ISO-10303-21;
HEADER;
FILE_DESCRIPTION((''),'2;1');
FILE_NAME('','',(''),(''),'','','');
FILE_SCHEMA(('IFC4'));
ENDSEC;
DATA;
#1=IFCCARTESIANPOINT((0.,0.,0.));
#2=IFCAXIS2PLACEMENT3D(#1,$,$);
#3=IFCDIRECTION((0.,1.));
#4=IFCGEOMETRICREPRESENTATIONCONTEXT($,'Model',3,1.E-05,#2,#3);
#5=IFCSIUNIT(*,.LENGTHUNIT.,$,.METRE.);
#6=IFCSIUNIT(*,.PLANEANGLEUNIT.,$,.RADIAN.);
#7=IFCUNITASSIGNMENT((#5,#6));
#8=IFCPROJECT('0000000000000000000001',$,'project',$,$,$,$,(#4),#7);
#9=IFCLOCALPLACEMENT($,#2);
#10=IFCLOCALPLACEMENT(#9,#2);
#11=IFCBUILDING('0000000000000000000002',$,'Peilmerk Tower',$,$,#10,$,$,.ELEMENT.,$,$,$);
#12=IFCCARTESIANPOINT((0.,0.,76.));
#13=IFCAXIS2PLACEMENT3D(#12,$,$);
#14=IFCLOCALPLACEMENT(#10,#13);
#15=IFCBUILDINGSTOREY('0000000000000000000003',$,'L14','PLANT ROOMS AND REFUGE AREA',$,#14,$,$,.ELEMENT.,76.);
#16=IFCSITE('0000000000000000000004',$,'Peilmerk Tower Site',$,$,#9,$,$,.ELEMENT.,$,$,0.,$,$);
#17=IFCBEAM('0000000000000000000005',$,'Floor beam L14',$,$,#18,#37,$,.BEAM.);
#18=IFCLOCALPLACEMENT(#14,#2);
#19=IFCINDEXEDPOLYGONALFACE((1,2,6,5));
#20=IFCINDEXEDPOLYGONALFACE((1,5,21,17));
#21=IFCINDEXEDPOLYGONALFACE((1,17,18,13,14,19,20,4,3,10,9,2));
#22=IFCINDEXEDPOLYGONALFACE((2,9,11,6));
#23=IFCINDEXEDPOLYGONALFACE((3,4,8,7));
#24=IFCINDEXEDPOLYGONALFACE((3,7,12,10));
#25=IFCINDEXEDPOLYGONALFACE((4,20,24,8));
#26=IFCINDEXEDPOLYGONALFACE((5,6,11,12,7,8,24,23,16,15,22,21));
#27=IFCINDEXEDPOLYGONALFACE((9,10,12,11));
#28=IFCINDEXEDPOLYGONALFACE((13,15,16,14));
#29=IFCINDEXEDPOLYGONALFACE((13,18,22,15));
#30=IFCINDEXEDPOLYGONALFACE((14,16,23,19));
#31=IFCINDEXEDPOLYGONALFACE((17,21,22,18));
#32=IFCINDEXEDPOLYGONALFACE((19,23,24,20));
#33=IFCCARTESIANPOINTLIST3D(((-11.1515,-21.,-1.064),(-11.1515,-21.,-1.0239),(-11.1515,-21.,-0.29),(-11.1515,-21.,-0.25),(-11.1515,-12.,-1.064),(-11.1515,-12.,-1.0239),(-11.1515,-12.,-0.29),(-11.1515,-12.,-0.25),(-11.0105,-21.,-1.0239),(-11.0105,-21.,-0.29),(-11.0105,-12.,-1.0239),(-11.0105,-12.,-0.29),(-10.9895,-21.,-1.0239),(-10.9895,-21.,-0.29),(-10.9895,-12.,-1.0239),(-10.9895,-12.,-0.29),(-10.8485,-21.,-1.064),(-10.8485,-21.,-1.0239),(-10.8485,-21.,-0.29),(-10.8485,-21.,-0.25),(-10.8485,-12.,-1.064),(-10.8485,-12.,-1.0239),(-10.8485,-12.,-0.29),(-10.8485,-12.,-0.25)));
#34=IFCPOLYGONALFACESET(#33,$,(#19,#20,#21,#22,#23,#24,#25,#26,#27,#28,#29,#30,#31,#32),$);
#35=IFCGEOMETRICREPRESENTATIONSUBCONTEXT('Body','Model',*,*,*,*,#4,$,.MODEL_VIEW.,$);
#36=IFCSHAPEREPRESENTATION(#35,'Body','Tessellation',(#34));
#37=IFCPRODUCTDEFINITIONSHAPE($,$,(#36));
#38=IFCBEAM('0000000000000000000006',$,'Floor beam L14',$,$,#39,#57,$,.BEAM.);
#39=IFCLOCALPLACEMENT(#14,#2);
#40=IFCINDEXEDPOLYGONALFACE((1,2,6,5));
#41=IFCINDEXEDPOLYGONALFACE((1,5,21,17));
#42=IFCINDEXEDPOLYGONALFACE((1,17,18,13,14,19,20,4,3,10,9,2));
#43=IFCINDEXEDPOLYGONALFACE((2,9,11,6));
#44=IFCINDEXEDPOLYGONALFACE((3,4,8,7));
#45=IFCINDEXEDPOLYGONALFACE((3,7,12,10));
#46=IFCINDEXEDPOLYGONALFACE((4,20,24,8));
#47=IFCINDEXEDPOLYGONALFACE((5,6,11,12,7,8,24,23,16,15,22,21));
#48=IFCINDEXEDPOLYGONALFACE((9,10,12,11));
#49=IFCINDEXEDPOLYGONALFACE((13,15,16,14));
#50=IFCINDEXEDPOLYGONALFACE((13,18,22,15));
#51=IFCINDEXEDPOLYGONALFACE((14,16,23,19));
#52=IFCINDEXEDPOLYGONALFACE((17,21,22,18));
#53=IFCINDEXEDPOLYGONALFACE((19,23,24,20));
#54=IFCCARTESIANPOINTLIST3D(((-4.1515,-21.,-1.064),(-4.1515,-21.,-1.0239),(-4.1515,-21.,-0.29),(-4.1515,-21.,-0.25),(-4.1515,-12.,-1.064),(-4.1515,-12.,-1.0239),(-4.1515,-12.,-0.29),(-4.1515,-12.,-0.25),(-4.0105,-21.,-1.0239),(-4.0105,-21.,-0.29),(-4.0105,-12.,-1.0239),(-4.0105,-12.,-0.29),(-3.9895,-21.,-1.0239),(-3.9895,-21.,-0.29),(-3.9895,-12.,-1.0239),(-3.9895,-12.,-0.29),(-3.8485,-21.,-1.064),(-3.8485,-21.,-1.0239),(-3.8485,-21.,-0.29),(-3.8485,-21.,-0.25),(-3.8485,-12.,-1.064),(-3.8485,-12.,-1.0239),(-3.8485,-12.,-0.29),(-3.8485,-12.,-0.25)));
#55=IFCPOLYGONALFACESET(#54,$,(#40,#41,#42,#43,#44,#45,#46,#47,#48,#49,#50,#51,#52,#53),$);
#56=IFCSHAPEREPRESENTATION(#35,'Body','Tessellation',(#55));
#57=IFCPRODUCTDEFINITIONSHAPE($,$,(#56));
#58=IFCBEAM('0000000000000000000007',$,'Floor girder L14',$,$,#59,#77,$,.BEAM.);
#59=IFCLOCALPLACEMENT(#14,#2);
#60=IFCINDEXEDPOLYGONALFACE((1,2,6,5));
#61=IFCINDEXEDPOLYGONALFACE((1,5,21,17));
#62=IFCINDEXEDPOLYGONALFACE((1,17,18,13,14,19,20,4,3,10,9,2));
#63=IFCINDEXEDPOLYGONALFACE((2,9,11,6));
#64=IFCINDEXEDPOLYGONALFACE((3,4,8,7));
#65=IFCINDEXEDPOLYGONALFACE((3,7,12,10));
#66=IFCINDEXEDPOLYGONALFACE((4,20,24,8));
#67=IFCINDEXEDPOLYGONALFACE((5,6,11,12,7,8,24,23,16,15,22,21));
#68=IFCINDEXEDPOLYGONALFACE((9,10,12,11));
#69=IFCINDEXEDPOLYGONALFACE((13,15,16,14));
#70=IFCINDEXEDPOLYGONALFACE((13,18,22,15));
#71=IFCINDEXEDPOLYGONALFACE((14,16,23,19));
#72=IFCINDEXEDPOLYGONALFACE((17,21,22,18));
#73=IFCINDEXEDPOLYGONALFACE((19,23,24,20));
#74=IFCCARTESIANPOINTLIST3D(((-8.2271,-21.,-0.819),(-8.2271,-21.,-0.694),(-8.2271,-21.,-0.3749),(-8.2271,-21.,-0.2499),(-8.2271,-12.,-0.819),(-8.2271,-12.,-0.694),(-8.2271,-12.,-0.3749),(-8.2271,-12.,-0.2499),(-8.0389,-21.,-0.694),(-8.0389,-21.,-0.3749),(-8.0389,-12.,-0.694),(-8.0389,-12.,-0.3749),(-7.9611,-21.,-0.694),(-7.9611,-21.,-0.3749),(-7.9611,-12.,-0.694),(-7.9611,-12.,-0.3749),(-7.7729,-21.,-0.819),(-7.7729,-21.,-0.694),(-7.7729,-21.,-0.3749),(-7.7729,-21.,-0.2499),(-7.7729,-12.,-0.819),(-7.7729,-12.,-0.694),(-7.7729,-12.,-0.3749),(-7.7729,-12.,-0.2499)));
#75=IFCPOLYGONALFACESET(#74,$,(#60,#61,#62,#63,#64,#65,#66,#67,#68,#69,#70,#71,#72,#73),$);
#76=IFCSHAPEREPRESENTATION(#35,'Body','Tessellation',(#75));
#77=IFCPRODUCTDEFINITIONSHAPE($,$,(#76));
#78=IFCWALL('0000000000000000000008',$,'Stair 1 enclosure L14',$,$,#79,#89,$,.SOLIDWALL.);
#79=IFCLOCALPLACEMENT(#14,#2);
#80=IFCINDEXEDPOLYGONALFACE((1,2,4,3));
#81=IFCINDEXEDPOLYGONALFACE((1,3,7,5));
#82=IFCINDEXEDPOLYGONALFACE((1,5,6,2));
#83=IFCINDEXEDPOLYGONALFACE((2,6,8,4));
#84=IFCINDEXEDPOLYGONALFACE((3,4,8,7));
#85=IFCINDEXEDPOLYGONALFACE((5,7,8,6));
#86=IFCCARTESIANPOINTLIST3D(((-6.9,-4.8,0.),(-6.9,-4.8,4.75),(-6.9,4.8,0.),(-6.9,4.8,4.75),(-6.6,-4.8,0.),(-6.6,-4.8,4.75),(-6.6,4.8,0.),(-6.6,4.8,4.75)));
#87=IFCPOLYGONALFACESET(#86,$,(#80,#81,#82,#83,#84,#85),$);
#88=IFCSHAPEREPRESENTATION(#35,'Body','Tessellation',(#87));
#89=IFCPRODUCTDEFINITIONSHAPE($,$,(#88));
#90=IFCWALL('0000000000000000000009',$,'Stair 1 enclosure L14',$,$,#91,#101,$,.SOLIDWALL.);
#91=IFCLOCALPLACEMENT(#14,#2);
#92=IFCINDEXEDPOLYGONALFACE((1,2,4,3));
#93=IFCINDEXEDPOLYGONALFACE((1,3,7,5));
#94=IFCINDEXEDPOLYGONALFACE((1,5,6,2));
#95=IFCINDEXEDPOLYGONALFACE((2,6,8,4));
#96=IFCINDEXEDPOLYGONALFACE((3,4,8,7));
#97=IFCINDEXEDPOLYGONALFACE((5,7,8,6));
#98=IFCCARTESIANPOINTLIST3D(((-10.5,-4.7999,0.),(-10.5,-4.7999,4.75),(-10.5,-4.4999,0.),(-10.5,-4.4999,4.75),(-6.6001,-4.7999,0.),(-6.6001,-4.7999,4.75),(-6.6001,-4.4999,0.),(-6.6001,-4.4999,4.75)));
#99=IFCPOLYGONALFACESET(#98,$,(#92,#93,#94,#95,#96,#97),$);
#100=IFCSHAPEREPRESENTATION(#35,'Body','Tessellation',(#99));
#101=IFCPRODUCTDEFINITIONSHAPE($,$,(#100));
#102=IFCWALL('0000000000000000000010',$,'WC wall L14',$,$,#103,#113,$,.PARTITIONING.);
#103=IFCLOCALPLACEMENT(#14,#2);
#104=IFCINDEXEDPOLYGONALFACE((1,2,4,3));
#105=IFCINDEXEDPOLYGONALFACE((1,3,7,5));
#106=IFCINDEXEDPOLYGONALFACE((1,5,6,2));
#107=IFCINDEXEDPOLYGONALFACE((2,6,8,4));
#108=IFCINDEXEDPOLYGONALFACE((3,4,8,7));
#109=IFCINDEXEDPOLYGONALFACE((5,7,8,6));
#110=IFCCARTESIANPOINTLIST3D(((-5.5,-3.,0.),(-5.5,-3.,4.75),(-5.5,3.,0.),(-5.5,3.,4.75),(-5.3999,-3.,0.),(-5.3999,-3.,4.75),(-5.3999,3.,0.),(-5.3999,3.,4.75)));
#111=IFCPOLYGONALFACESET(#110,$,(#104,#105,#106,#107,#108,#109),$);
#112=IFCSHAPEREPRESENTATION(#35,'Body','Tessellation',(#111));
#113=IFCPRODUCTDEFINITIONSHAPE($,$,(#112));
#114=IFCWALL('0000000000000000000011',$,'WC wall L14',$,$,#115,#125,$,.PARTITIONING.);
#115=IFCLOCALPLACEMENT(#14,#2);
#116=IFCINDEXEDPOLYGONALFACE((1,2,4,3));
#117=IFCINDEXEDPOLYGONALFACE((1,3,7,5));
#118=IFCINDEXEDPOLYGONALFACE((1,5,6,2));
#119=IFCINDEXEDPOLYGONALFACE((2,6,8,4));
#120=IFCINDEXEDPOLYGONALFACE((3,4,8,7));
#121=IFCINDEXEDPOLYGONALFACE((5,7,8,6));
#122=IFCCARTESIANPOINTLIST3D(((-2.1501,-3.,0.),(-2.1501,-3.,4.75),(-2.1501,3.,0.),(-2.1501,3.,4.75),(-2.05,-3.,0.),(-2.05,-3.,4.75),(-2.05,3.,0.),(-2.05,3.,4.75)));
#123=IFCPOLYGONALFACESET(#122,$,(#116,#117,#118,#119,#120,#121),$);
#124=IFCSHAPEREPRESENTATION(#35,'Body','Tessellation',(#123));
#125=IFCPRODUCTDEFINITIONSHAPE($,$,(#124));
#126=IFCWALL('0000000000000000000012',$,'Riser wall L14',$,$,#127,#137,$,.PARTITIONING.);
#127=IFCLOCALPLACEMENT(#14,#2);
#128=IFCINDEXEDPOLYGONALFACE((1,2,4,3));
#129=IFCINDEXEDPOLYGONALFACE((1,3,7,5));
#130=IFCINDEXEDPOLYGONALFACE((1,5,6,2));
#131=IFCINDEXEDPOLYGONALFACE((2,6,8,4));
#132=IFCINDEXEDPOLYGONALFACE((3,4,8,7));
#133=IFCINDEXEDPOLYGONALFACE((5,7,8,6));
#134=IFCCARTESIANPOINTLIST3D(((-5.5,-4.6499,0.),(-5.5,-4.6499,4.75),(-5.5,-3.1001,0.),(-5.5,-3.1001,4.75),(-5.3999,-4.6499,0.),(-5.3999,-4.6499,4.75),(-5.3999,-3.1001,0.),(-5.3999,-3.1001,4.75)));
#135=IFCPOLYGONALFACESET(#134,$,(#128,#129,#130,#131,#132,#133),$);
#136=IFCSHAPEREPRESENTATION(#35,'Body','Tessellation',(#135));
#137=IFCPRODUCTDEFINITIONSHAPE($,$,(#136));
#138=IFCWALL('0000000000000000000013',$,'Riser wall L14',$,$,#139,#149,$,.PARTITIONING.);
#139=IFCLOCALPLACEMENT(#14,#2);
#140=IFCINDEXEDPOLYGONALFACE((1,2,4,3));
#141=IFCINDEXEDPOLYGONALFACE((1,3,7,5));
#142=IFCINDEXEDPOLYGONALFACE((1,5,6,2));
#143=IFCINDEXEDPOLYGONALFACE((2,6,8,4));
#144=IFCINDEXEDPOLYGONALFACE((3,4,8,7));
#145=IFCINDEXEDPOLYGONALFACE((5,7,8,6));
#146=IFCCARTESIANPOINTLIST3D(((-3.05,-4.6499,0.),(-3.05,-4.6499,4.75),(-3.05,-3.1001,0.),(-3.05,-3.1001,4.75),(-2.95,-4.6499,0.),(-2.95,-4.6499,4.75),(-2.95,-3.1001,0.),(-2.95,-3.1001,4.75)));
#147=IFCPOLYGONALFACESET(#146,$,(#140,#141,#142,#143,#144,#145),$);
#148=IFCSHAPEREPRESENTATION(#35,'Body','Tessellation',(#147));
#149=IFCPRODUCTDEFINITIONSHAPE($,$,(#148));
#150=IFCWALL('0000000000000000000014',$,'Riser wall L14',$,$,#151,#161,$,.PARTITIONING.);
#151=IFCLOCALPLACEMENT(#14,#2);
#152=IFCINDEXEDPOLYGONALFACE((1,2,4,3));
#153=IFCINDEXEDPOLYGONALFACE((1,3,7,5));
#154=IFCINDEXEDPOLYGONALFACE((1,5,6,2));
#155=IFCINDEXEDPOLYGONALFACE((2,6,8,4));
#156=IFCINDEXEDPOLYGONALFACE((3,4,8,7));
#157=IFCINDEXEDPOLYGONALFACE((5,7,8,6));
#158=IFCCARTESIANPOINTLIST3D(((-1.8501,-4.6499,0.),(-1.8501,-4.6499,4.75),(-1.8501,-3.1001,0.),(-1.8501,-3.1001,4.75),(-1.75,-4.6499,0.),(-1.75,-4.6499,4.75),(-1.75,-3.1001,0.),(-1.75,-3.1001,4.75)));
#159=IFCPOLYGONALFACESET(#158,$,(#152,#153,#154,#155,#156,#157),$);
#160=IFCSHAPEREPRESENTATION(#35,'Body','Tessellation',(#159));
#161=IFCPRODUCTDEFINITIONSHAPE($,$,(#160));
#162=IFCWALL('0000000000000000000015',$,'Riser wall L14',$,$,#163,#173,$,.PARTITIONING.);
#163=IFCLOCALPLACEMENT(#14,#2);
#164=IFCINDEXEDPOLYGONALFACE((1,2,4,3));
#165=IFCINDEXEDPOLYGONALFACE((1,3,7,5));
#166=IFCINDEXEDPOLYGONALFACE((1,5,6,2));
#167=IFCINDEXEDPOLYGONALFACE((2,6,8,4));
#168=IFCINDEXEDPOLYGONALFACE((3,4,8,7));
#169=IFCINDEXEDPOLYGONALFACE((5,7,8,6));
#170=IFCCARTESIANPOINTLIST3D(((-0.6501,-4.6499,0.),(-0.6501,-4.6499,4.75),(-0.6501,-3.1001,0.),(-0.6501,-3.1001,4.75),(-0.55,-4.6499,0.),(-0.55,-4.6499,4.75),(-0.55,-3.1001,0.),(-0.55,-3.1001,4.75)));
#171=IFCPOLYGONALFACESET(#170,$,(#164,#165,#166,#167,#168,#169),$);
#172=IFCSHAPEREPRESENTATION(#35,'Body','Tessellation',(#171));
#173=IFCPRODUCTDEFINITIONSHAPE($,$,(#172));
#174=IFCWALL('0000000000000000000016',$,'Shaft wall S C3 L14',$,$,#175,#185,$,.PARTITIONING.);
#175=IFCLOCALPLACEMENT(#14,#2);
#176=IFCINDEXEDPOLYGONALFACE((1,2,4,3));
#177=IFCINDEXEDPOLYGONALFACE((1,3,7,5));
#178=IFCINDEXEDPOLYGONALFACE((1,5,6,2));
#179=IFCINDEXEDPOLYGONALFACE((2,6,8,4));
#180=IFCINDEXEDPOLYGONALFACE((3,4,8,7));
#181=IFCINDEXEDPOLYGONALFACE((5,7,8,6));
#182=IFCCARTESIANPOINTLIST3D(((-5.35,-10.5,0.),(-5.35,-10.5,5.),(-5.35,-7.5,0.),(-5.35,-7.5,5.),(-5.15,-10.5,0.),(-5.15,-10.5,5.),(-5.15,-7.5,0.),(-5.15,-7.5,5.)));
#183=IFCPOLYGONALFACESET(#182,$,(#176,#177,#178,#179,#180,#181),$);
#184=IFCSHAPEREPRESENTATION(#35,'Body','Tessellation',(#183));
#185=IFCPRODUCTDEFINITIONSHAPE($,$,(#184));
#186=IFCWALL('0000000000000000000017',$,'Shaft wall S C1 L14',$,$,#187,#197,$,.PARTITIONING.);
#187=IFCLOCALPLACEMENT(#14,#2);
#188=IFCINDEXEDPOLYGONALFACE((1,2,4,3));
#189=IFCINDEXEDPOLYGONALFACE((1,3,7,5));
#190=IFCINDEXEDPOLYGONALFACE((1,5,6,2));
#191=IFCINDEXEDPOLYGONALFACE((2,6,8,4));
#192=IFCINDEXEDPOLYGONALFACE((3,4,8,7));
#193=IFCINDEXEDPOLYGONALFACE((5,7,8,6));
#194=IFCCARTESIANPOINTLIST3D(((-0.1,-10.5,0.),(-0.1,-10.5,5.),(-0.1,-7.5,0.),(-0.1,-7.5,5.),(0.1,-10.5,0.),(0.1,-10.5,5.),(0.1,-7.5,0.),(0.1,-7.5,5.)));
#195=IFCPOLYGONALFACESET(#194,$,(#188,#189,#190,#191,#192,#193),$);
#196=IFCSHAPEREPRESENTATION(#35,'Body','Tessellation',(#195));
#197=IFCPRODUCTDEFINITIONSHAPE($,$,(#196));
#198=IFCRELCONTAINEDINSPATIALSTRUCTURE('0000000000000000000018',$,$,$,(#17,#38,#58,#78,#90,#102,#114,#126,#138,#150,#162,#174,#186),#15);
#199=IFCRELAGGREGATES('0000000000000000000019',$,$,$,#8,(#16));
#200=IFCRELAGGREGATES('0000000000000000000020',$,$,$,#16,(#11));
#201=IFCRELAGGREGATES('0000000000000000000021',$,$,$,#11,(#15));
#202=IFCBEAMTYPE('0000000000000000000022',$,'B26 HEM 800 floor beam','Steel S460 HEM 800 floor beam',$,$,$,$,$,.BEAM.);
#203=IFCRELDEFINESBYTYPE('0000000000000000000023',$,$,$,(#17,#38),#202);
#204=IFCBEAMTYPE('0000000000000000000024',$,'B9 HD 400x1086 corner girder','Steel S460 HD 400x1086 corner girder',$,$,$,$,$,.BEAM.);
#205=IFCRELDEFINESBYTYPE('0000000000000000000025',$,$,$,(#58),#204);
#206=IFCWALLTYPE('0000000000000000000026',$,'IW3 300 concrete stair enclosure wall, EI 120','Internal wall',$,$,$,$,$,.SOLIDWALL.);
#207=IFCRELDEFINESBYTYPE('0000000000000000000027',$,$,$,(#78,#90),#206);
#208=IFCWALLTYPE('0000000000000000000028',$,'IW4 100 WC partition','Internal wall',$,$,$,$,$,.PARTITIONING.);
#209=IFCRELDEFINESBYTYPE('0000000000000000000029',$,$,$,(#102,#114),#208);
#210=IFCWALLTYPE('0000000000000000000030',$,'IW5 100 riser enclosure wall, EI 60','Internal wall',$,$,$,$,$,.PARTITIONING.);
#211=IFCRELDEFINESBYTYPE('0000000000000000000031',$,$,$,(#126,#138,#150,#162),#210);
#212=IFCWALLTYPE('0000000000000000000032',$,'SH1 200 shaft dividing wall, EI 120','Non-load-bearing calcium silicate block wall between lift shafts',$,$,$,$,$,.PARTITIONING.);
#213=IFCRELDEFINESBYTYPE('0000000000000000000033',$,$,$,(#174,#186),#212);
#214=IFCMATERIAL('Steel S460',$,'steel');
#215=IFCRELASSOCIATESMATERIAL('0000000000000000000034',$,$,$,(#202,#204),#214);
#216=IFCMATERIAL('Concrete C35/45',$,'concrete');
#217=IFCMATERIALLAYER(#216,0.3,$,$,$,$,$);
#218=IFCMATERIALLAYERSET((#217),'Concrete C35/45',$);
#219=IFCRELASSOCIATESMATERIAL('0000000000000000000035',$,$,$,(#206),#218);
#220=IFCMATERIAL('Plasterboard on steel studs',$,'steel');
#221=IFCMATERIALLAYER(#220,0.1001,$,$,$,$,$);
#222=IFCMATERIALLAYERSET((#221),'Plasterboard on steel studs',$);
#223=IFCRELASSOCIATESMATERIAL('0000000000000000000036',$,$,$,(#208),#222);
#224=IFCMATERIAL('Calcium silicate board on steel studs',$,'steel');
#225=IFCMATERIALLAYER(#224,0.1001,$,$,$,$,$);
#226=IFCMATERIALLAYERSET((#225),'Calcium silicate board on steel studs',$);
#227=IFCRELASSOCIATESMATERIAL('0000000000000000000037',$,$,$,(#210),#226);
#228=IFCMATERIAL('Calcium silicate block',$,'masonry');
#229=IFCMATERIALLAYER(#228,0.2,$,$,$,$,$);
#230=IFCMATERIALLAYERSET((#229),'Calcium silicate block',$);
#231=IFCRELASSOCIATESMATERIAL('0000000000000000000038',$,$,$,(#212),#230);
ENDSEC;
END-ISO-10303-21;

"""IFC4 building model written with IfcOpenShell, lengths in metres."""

from ifc_helpers import new_model, si_unit, direction, frame, frame_2d, origin, origin_2d, place, context, subcontext, project, spatial, rectangle, i_section, extrude, material, layer, layer_set, material_profile, profile_set, type_object, element, save


model = new_model("IFC4")

# Units and contexts
model_context = context("Model", 3, precision=1e-05, world=origin(), true_north=direction((0.0, 1.0)))
body_context = subcontext(model_context, "Body", "Model", "MODEL_VIEW")
ifc_project = project(units=[si_unit("LENGTHUNIT", "METRE"), si_unit("PLANEANGLEUNIT", "RADIAN")], contexts=[model_context])

# Site, building, storey
site_placement = place(None, origin())
site = spatial("IfcSite", under=ifc_project, at=site_placement, Name="Peilmerk Tower Site", CompositionType="ELEMENT", RefElevation=0.0)
building_placement = place(site_placement, origin())
building = spatial("IfcBuilding", under=site, at=building_placement, Name="Peilmerk Tower", CompositionType="ELEMENT")
storey_placement = place(building_placement, frame((0.0, 0.0, 76.0)))
storey = spatial("IfcBuildingStorey", under=building, at=storey_placement, Name="L14", Description="PLANT ROOMS AND REFUGE AREA", CompositionType="ELEMENT", Elevation=76.0)

# Beams
ifc_material_1 = material(Name="Steel S460", Category="steel")
ifc_material_profile_1 = material_profile(ifc_material_1, i_section(OverallWidth=0.303, OverallDepth=0.814, WebThickness=0.021, FlangeThickness=0.04, at=origin_2d()), Name="HEM 800")
ifc_profile_set_1 = profile_set([ifc_material_profile_1], Name="Steel S460")
beam_type_1 = type_object("IfcBeamType", Name="B26 HEM 800 floor beam", Description="Steel S460 HEM 800 floor beam", PredefinedType="BEAM", material=ifc_profile_set_1)
for number, where, z_axis, x_axis, name in (
    (1, (-11.0, -12.0, -0.657), (0.0, -1.0, 0.0), (1.0, 0.0, 0.0), "Floor beam L14"),
    (2, (-4.0, -12.0, -0.657), (0.0, -1.0, 0.0), (1.0, 0.0, 0.0), "Floor beam L14"),
):
    element("IfcBeam", number, at=place(storey_placement, frame(where, z_axis=z_axis, x_axis=x_axis)), inside=storey, type_object=beam_type_1, Name=name, PredefinedType="BEAM", context=body_context, shape_type="SweptSolid", body=[
        extrude(i_section(OverallWidth=0.303, OverallDepth=0.814, WebThickness=0.021, FlangeThickness=0.04, at=origin_2d()), origin(), (0.0, 0.0, 1.0), 9.0),
    ])
ifc_material_profile_2 = material_profile(ifc_material_1, i_section(OverallWidth=0.4541, OverallDepth=0.5691, WebThickness=0.0779, FlangeThickness=0.125, at=origin_2d()), Name="HD 400x1086")
ifc_profile_set_2 = profile_set([ifc_material_profile_2], Name="Steel S460")
beam_type_2 = type_object("IfcBeamType", Name="B9 HD 400x1086 corner girder", Description="Steel S460 HD 400x1086 corner girder", PredefinedType="BEAM", material=ifc_profile_set_2)
beam_placement = place(storey_placement, frame((-8.0, -12.0, -0.5344), z_axis=(0.0, -1.0, 0.0), x_axis=(1.0, 0.0, 0.0)))
element("IfcBeam", 3, at=beam_placement, inside=storey, type_object=beam_type_2, Name="Floor girder L14", PredefinedType="BEAM", context=body_context, shape_type="SweptSolid", body=[
    extrude(i_section(OverallWidth=0.4541, OverallDepth=0.5691, WebThickness=0.0779, FlangeThickness=0.125, at=origin_2d()), origin(), (0.0, 0.0, 1.0), 9.0),
])

# Walls
ifc_material_2 = material(Name="Concrete C35/45", Category="concrete")
ifc_layer_1 = layer(ifc_material_2, 0.3)
ifc_layer_set_1 = layer_set([ifc_layer_1], Name="Concrete C35/45")
wall_type_1 = type_object("IfcWallType", Name="IW3 300 concrete stair enclosure wall, EI 120", Description="Internal wall", PredefinedType="SOLIDWALL", material=ifc_layer_set_1)
wall_1_placement = place(storey_placement, frame((-6.75, -4.8, 0.0), z_axis=(0.0, 0.0, 1.0), x_axis=(0.0, 1.0, 0.0)))
element("IfcWall", 4, at=wall_1_placement, inside=storey, type_object=wall_type_1, Name="Stair 1 enclosure L14", PredefinedType="SOLIDWALL", context=body_context, shape_type="SweptSolid", body=[
    extrude(rectangle(XDim=9.6001, YDim=0.3, at=frame_2d((4.8, 0.0))), origin(), (0.0, 0.0, 1.0), 4.75),
])
wall_2_placement = place(storey_placement, frame((-6.6001, -4.6499, 0.0), z_axis=(0.0, 0.0, 1.0), x_axis=(-1.0, 0.0, 0.0)))
element("IfcWall", 5, at=wall_2_placement, inside=storey, type_object=wall_type_1, Name="Stair 1 enclosure L14", PredefinedType="SOLIDWALL", context=body_context, shape_type="SweptSolid", body=[
    extrude(rectangle(XDim=3.8999, YDim=0.3, at=frame_2d((1.95, 0.0))), origin(), (0.0, 0.0, 1.0), 4.75),
])
ifc_material_3 = material(Name="Plasterboard on steel studs", Category="steel")
ifc_layer_2 = layer(ifc_material_3, 0.1001)
ifc_layer_set_2 = layer_set([ifc_layer_2], Name="Plasterboard on steel studs")
wall_type_2 = type_object("IfcWallType", Name="IW4 100 WC partition", Description="Internal wall", PredefinedType="PARTITIONING", material=ifc_layer_set_2)
for number, where, z_axis, x_axis, name in (
    (6, (-5.45, -3.0, 0.0), (0.0, 0.0, 1.0), (0.0, 1.0, 0.0), "WC wall L14"),
    (7, (-2.1001, -3.0, 0.0), (0.0, 0.0, 1.0), (0.0, 1.0, 0.0), "WC wall L14"),
):
    element("IfcWall", number, at=place(storey_placement, frame(where, z_axis=z_axis, x_axis=x_axis)), inside=storey, type_object=wall_type_2, Name=name, PredefinedType="PARTITIONING", context=body_context, shape_type="SweptSolid", body=[
        extrude(rectangle(XDim=6.0, YDim=0.1001, at=frame_2d((3.0, 0.0))), origin(), (0.0, 0.0, 1.0), 4.75),
    ])
ifc_material_4 = material(Name="Calcium silicate board on steel studs", Category="steel")
ifc_layer_3 = layer(ifc_material_4, 0.1001)
ifc_layer_set_3 = layer_set([ifc_layer_3], Name="Calcium silicate board on steel studs")
wall_type_3 = type_object("IfcWallType", Name="IW5 100 riser enclosure wall, EI 60", Description="Internal wall", PredefinedType="PARTITIONING", material=ifc_layer_set_3)
for number, where, z_axis, x_axis, name in (
    (8, (-5.45, -3.1001, 0.0), (0.0, 0.0, 1.0), (0.0, -1.0, 0.0), "Riser wall L14"),
    (9, (-3.0, -3.1001, 0.0), (0.0, 0.0, 1.0), (0.0, -1.0, 0.0), "Riser wall L14"),
    (10, (-1.8, -3.1001, 0.0), (0.0, 0.0, 1.0), (0.0, -1.0, 0.0), "Riser wall L14"),
    (11, (-0.6001, -3.1001, 0.0), (0.0, 0.0, 1.0), (0.0, -1.0, 0.0), "Riser wall L14"),
):
    element("IfcWall", number, at=place(storey_placement, frame(where, z_axis=z_axis, x_axis=x_axis)), inside=storey, type_object=wall_type_3, Name=name, PredefinedType="PARTITIONING", context=body_context, shape_type="SweptSolid", body=[
        extrude(rectangle(XDim=1.5498, YDim=0.1001, at=frame_2d((0.7749, 0.0))), origin(), (0.0, 0.0, 1.0), 4.75),
    ])
ifc_material_5 = material(Name="Calcium silicate block", Category="masonry")
ifc_layer_4 = layer(ifc_material_5, 0.2)
ifc_layer_set_4 = layer_set([ifc_layer_4], Name="Calcium silicate block")
wall_type_4 = type_object("IfcWallType", Name="SH1 200 shaft dividing wall, EI 120", Description="Non-load-bearing calcium silicate block wall between lift shafts", PredefinedType="PARTITIONING", material=ifc_layer_set_4)
for number, where, z_axis, x_axis, name in (
    (12, (-5.25, -10.5, 0.0), (0.0, 0.0, 1.0), (0.0, 1.0, 0.0), "Shaft wall S C3 L14"),
    (13, (0.0, -10.5, 0.0), (0.0, 0.0, 1.0), (0.0, 1.0, 0.0), "Shaft wall S C1 L14"),
):
    element("IfcWall", number, at=place(storey_placement, frame(where, z_axis=z_axis, x_axis=x_axis)), inside=storey, type_object=wall_type_4, Name=name, PredefinedType="PARTITIONING", context=body_context, shape_type="SweptSolid", body=[
        extrude(rectangle(XDim=3.0, YDim=0.2, at=frame_2d((1.5, 0.0))), origin(), (0.0, 0.0, 1.0), 5.0),
    ])

save(model, "model.ifc")
